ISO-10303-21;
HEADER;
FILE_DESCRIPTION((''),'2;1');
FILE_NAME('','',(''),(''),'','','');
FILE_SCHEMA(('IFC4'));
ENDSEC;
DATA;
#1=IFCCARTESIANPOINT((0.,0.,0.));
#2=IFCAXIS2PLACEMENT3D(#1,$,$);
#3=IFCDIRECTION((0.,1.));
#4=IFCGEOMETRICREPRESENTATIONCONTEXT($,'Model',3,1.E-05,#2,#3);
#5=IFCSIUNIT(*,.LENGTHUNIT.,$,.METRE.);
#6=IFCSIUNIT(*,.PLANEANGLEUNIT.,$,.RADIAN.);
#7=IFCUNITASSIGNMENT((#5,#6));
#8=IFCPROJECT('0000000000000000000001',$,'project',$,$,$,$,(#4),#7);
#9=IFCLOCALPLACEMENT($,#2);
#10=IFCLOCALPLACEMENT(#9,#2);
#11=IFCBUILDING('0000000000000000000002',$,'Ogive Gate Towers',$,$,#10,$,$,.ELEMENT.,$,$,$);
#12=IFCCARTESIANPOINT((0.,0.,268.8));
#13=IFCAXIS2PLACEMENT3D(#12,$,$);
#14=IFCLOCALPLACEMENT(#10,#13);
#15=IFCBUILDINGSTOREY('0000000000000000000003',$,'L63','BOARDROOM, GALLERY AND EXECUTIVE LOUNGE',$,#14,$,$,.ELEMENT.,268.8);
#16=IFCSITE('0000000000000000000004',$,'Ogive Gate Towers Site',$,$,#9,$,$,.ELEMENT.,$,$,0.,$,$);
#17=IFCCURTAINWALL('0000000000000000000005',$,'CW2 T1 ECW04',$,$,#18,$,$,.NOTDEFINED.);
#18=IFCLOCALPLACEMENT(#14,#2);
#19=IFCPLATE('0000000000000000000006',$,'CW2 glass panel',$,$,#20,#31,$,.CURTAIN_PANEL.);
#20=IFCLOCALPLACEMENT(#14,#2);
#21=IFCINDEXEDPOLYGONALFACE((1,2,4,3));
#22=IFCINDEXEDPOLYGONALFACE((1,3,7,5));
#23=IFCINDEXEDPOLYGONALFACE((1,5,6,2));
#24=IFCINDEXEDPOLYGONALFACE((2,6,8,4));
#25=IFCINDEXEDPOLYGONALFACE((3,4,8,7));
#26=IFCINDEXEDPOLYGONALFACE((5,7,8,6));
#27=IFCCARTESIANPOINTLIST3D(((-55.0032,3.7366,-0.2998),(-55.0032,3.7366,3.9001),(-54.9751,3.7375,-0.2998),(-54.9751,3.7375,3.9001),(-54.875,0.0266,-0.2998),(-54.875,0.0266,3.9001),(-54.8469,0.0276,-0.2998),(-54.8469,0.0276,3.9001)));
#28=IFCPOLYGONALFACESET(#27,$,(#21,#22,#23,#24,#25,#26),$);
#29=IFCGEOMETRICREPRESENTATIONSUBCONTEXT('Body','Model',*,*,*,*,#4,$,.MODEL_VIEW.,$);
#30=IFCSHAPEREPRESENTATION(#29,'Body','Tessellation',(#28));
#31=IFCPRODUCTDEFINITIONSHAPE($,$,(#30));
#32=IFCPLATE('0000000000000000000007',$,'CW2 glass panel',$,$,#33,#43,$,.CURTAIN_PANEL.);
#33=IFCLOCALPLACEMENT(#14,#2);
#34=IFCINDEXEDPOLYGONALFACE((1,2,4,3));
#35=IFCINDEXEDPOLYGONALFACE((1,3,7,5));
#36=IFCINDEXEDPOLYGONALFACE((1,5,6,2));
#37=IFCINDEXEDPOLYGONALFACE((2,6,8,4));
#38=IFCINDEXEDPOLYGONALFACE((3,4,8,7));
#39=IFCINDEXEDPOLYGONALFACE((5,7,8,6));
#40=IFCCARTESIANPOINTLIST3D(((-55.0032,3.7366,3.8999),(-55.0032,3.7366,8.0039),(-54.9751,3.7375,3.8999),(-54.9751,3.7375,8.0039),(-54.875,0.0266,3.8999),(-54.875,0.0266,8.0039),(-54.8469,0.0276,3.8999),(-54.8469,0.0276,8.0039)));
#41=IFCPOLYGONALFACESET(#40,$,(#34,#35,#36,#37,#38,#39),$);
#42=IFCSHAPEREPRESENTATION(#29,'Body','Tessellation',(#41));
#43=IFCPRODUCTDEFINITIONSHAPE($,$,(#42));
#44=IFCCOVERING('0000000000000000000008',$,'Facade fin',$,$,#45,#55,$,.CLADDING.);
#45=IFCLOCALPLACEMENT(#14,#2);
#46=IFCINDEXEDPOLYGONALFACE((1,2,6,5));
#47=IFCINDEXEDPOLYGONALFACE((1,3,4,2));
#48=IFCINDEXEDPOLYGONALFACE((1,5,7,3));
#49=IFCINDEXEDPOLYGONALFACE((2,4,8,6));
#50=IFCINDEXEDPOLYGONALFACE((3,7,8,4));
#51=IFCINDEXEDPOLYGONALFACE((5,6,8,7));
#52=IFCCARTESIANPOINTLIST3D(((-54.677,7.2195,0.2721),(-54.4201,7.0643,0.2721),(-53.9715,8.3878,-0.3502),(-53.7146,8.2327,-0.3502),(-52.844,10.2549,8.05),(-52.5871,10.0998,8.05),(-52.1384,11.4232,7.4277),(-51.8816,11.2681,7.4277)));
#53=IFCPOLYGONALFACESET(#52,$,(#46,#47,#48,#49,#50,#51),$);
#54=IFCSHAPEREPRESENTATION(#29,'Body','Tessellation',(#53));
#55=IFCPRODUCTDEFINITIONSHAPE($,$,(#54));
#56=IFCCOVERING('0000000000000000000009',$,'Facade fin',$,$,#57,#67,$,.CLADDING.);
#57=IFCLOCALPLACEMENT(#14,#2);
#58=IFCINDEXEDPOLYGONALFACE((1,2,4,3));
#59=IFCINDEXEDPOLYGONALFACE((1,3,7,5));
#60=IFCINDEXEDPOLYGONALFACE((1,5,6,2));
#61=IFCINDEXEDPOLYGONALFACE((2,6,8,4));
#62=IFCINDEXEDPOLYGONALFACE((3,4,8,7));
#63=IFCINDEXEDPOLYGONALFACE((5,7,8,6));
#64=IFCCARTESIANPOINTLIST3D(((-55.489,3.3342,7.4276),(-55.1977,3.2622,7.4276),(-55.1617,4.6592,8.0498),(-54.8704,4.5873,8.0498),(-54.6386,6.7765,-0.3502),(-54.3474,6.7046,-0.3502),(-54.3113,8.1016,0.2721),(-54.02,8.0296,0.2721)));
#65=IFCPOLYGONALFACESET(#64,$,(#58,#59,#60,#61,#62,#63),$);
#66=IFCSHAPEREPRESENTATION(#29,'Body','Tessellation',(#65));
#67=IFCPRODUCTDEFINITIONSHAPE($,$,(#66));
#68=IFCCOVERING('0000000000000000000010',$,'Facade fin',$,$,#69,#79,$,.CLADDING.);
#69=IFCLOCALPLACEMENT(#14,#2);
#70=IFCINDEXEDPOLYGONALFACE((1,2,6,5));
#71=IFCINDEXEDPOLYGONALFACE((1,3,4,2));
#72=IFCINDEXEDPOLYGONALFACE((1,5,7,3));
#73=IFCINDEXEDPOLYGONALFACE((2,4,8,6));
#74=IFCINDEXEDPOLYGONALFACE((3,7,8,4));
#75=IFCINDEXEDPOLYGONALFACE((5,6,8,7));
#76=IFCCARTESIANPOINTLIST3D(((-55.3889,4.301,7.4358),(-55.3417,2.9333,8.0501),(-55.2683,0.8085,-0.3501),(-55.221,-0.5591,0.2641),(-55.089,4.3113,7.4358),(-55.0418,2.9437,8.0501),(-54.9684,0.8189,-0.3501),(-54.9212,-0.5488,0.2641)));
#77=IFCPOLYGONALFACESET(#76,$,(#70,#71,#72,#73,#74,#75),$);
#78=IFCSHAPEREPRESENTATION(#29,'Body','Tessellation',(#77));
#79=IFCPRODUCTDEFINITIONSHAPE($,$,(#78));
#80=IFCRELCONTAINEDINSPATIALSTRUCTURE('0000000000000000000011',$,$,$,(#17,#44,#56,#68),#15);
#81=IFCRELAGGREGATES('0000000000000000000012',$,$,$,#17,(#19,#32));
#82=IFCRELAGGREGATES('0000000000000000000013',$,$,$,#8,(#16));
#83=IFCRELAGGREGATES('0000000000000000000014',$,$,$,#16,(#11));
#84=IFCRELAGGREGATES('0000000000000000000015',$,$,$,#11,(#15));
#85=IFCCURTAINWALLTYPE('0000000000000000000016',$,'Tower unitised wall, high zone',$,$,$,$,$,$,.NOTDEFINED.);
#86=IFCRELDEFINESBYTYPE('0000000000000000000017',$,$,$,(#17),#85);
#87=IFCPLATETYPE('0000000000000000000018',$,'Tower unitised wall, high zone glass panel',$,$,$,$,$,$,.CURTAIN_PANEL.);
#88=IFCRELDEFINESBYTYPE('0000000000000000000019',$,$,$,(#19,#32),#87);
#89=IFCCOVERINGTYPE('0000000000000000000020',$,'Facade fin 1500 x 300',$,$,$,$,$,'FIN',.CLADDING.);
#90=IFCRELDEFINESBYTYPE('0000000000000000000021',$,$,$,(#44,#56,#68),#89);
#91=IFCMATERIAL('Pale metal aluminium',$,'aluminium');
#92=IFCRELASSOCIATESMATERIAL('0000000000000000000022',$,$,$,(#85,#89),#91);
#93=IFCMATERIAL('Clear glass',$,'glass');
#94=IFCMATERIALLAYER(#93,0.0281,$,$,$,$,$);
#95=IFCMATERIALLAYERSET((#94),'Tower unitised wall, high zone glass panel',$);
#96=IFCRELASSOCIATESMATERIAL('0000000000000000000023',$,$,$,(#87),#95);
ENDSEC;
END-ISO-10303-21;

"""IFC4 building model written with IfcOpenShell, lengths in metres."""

from ifc_helpers import new_model, si_unit, direction, frame, origin, origin_2d, place, context, subcontext, project, spatial, rectangle, extrude, material, layer, layer_set, material_profile, profile_set, type_object, element, aggregate, save


model = new_model("IFC4")

# Units and contexts
model_context = context("Model", 3, precision=1e-05, world=origin(), true_north=direction((0.0, 1.0)))
body_context = subcontext(model_context, "Body", "Model", "MODEL_VIEW")
ifc_project = project(units=[si_unit("LENGTHUNIT", "METRE"), si_unit("PLANEANGLEUNIT", "RADIAN")], contexts=[model_context])

# Site, building, storey
site_placement = place(None, origin())
site = spatial("IfcSite", under=ifc_project, at=site_placement, Name="Ogive Gate Towers Site", CompositionType="ELEMENT", RefElevation=0.0)
building_placement = place(site_placement, origin())
building = spatial("IfcBuilding", under=site, at=building_placement, Name="Ogive Gate Towers", CompositionType="ELEMENT")
storey_placement = place(building_placement, frame((0.0, 0.0, 268.8)))
storey = spatial("IfcBuildingStorey", under=building, at=storey_placement, Name="L63", Description="BOARDROOM, GALLERY AND EXECUTIVE LOUNGE", CompositionType="ELEMENT", Elevation=268.8)

# Curtain wall, plates
ifc_material_1 = material(Name="Pale metal aluminium", Category="aluminium")
curtain_wall_type = type_object("IfcCurtainWallType", Name="Tower unitised wall, high zone", PredefinedType="NOTDEFINED", material=ifc_material_1)
curtain_wall_placement = place(storey_placement, origin())
curtain_wall = element("IfcCurtainWall", 1, at=curtain_wall_placement, inside=storey, type_object=curtain_wall_type, Name="CW2 T1 ECW04", PredefinedType="NOTDEFINED")
ifc_material_2 = material(Name="Clear glass", Category="glass")
ifc_layer = layer(ifc_material_2, 0.0281)
ifc_layer_set = layer_set([ifc_layer], Name="Tower unitised wall, high zone glass panel")
plate_type = type_object("IfcPlateType", Name="Tower unitised wall, high zone glass panel", PredefinedType="CURTAIN_PANEL", material=ifc_layer_set)
plate_1_placement = place(storey_placement, frame((-54.925, 1.8821, -0.2998), z_axis=(0.0, 0.0, 1.0), x_axis=(0.034533, -0.999404, 0.0)))
plate_1 = element("IfcPlate", 2, at=plate_1_placement, type_object=plate_type, Name="CW2 glass panel", PredefinedType="CURTAIN_PANEL", context=body_context, shape_type="SweptSolid", body=[
    extrude(rectangle(XDim=3.7122, YDim=0.0281, at=origin_2d()), origin(), (0.0, 0.0, 1.0), 4.2),
])
plate_2_placement = place(storey_placement, frame((-54.925, 1.8821, 3.8999), z_axis=(0.0, 0.0, 1.0), x_axis=(0.034533, -0.999404, 0.0)))
plate_2 = element("IfcPlate", 3, at=plate_2_placement, type_object=plate_type, Name="CW2 glass panel", PredefinedType="CURTAIN_PANEL", context=body_context, shape_type="SweptSolid", body=[
    extrude(rectangle(XDim=3.7122, YDim=0.0281, at=origin_2d()), origin(), (0.0, 0.0, 1.0), 4.104),
])
aggregate(curtain_wall, [plate_1, plate_2])

# Coverings
ifc_material_profile_1 = material_profile(ifc_material_1, rectangle(XDim=0.3, YDim=1.5, at=origin_2d()), Name="1500 x 300 pale metal aluminium")
ifc_profile_set_1 = profile_set([ifc_material_profile_1], Name="Pale metal aluminium")
covering_type = type_object("IfcCoveringType", Name="Facade fin 1500 x 300", ElementType="FIN", PredefinedType="CLADDING", material=ifc_profile_set_1)
covering_1_placement = place(storey_placement, frame((-54.1958, 7.7261, -0.0391), z_axis=(0.214437, 0.355101, 0.909901), x_axis=(-0.856025, 0.516934, 0.0)))
element("IfcCovering", 4, at=covering_1_placement, inside=storey, type_object=covering_type, Name="Facade fin", PredefinedType="CLADDING", context=body_context, shape_type="SweptSolid", body=[
    extrude(rectangle(XDim=0.3, YDim=1.5, at=origin_2d()), origin(), (0.0, 0.0, 1.0), 8.5481),
])
covering_2_placement = place(storey_placement, frame((-54.3293, 7.4031, -0.0391), z_axis=(-0.099479, -0.402714, 0.909904), x_axis=(0.970819, -0.239813, 0.0)))
element("IfcCovering", 5, at=covering_2_placement, inside=storey, type_object=covering_type, Name="Facade fin", PredefinedType="CLADDING", context=body_context, shape_type="SweptSolid", body=[
    extrude(rectangle(XDim=0.3, YDim=1.5, at=origin_2d()), origin(), (0.0, 0.0, 1.0), 8.5479),
])
covering_3_placement = place(storey_placement, frame((-55.0947, 0.1299, -0.043), z_axis=(-0.014132, 0.40923, 0.912322), x_axis=(-0.999404, -0.034513, 0.0)))
element("IfcCovering", 6, at=covering_3_placement, inside=storey, type_object=covering_type, Name="Facade fin", PredefinedType="CLADDING", context=body_context, shape_type="SweptSolid", body=[
    extrude(rectangle(XDim=0.3, YDim=1.5, at=origin_2d()), origin(), (0.0, 0.0, 1.0), 8.5342),
])

save(model, "model.ifc")
